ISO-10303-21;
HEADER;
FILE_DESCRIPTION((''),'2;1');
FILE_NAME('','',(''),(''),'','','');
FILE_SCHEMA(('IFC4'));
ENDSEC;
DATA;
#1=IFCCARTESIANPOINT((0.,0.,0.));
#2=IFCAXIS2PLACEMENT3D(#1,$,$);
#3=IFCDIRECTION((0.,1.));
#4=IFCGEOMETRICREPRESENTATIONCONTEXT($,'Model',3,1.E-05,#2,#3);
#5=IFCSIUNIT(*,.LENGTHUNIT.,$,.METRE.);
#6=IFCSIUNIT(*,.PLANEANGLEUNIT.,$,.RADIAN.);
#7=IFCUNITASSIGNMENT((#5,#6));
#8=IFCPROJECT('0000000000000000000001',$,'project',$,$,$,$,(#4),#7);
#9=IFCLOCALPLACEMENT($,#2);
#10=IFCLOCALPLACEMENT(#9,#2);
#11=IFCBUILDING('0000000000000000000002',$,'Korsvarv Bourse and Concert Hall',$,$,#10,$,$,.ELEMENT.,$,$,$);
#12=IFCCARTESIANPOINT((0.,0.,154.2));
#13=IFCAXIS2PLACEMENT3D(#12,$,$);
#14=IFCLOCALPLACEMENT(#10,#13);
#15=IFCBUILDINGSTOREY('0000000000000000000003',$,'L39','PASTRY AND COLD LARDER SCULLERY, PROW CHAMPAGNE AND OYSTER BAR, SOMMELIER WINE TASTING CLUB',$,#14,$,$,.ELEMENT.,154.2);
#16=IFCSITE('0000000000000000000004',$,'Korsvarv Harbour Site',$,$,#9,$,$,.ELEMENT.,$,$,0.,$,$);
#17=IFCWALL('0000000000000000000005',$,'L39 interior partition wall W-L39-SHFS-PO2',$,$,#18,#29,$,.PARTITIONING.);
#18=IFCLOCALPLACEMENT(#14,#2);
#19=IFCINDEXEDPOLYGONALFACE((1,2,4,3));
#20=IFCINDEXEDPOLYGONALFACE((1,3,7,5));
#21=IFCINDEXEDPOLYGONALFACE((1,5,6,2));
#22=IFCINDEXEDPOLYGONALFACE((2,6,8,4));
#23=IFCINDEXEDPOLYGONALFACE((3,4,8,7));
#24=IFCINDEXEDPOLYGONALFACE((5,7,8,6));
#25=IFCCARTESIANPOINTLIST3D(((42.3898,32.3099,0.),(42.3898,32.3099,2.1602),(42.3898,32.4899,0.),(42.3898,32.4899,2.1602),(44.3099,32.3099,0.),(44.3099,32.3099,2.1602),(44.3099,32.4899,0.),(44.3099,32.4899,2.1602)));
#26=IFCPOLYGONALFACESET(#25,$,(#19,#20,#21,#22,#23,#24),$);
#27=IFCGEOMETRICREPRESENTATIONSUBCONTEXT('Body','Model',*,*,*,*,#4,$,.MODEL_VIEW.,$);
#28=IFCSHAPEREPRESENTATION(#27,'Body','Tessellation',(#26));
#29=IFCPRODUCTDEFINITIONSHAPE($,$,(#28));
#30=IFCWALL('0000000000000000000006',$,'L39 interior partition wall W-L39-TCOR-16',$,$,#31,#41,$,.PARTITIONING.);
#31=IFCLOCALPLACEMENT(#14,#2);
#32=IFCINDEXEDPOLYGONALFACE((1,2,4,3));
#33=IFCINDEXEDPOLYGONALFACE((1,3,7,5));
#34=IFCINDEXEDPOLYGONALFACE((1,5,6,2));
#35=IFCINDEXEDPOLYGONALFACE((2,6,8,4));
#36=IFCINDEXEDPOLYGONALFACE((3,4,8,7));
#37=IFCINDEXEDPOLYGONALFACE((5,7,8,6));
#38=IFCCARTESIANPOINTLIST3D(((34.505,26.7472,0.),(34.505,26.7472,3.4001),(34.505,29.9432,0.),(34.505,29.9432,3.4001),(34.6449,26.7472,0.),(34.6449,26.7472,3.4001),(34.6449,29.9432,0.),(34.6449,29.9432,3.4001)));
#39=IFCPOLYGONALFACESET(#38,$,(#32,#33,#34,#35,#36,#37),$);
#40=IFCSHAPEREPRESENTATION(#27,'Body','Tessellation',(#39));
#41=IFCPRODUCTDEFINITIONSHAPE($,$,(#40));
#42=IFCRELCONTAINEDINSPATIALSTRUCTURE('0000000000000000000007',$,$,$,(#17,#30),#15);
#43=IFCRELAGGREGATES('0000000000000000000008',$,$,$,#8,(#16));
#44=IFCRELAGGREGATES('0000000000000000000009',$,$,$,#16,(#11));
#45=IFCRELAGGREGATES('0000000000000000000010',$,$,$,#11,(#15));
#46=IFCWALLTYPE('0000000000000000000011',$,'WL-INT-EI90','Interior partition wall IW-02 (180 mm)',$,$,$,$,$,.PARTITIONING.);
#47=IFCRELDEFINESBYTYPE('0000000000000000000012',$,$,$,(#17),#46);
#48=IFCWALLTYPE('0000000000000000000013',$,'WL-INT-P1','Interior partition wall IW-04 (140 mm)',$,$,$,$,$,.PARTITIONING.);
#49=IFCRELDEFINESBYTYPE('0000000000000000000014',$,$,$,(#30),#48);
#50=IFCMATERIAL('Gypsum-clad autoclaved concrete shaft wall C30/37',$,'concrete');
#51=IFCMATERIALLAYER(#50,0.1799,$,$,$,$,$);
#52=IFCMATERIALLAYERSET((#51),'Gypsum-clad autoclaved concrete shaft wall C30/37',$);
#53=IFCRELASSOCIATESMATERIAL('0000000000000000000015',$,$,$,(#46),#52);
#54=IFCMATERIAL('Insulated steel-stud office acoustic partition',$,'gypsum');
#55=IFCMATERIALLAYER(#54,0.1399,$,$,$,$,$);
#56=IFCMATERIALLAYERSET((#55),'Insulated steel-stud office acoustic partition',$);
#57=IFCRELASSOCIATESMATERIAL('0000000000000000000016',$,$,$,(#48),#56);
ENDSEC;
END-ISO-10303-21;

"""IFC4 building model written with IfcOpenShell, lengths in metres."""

from ifc_helpers import new_model, si_unit, direction, frame, frame_2d, origin, place, context, subcontext, project, spatial, rectangle, extrude, material, layer, layer_set, type_object, element, save


model = new_model("IFC4")

# Units and contexts
model_context = context("Model", 3, precision=1e-05, world=origin(), true_north=direction((0.0, 1.0)))
body_context = subcontext(model_context, "Body", "Model", "MODEL_VIEW")
ifc_project = project(units=[si_unit("LENGTHUNIT", "METRE"), si_unit("PLANEANGLEUNIT", "RADIAN")], contexts=[model_context])

# Site, building, storey
site_placement = place(None, origin())
site = spatial("IfcSite", under=ifc_project, at=site_placement, Name="Korsvarv Harbour Site", CompositionType="ELEMENT", RefElevation=0.0)
building_placement = place(site_placement, origin())
building = spatial("IfcBuilding", under=site, at=building_placement, Name="Korsvarv Bourse and Concert Hall", CompositionType="ELEMENT")
storey_placement = place(building_placement, frame((0.0, 0.0, 154.2)))
storey = spatial("IfcBuildingStorey", under=building, at=storey_placement, Name="L39", Description="PASTRY AND COLD LARDER SCULLERY, PROW CHAMPAGNE AND OYSTER BAR, SOMMELIER WINE TASTING CLUB", CompositionType="ELEMENT", Elevation=154.2)

# Walls
ifc_material_1 = material(Name="Gypsum-clad autoclaved concrete shaft wall C30/37", Category="concrete")
ifc_layer_1 = layer(ifc_material_1, 0.1799)
ifc_layer_set_1 = layer_set([ifc_layer_1], Name="Gypsum-clad autoclaved concrete shaft wall C30/37")
wall_type_1 = type_object("IfcWallType", Name="WL-INT-EI90", Description="Interior partition wall IW-02 (180 mm)", PredefinedType="PARTITIONING", material=ifc_layer_set_1)
wall_1_placement = place(storey_placement, frame((42.3899, 32.3999, 0.0), z_axis=(0.0, 0.0, 1.0), x_axis=(1.0, 0.0, 0.0)))
element("IfcWall", 1, at=wall_1_placement, inside=storey, type_object=wall_type_1, Name="L39 interior partition wall W-L39-SHFS-PO2", PredefinedType="PARTITIONING", context=body_context, shape_type="SweptSolid", body=[
    extrude(rectangle(XDim=1.9202, YDim=0.1799, at=frame_2d((0.96, 0.0))), origin(), (0.0, 0.0, 1.0), 2.1602),
])
ifc_material_2 = material(Name="Insulated steel-stud office acoustic partition", Category="gypsum")
ifc_layer_2 = layer(ifc_material_2, 0.1399)
ifc_layer_set_2 = layer_set([ifc_layer_2], Name="Insulated steel-stud office acoustic partition")
wall_type_2 = type_object("IfcWallType", Name="WL-INT-P1", Description="Interior partition wall IW-04 (140 mm)", PredefinedType="PARTITIONING", material=ifc_layer_set_2)
wall_2_placement = place(storey_placement, frame((34.575, 26.7471, 0.0), z_axis=(0.0, 0.0, 1.0), x_axis=(0.0, 1.0, 0.0)))
element("IfcWall", 2, at=wall_2_placement, inside=storey, type_object=wall_type_2, Name="L39 interior partition wall W-L39-TCOR-16", PredefinedType="PARTITIONING", context=body_context, shape_type="SweptSolid", body=[
    extrude(rectangle(XDim=3.196, YDim=0.1399, at=frame_2d((1.5981, 0.0))), origin(), (0.0, 0.0, 1.0), 3.4001),
])

save(model, "model.ifc")
